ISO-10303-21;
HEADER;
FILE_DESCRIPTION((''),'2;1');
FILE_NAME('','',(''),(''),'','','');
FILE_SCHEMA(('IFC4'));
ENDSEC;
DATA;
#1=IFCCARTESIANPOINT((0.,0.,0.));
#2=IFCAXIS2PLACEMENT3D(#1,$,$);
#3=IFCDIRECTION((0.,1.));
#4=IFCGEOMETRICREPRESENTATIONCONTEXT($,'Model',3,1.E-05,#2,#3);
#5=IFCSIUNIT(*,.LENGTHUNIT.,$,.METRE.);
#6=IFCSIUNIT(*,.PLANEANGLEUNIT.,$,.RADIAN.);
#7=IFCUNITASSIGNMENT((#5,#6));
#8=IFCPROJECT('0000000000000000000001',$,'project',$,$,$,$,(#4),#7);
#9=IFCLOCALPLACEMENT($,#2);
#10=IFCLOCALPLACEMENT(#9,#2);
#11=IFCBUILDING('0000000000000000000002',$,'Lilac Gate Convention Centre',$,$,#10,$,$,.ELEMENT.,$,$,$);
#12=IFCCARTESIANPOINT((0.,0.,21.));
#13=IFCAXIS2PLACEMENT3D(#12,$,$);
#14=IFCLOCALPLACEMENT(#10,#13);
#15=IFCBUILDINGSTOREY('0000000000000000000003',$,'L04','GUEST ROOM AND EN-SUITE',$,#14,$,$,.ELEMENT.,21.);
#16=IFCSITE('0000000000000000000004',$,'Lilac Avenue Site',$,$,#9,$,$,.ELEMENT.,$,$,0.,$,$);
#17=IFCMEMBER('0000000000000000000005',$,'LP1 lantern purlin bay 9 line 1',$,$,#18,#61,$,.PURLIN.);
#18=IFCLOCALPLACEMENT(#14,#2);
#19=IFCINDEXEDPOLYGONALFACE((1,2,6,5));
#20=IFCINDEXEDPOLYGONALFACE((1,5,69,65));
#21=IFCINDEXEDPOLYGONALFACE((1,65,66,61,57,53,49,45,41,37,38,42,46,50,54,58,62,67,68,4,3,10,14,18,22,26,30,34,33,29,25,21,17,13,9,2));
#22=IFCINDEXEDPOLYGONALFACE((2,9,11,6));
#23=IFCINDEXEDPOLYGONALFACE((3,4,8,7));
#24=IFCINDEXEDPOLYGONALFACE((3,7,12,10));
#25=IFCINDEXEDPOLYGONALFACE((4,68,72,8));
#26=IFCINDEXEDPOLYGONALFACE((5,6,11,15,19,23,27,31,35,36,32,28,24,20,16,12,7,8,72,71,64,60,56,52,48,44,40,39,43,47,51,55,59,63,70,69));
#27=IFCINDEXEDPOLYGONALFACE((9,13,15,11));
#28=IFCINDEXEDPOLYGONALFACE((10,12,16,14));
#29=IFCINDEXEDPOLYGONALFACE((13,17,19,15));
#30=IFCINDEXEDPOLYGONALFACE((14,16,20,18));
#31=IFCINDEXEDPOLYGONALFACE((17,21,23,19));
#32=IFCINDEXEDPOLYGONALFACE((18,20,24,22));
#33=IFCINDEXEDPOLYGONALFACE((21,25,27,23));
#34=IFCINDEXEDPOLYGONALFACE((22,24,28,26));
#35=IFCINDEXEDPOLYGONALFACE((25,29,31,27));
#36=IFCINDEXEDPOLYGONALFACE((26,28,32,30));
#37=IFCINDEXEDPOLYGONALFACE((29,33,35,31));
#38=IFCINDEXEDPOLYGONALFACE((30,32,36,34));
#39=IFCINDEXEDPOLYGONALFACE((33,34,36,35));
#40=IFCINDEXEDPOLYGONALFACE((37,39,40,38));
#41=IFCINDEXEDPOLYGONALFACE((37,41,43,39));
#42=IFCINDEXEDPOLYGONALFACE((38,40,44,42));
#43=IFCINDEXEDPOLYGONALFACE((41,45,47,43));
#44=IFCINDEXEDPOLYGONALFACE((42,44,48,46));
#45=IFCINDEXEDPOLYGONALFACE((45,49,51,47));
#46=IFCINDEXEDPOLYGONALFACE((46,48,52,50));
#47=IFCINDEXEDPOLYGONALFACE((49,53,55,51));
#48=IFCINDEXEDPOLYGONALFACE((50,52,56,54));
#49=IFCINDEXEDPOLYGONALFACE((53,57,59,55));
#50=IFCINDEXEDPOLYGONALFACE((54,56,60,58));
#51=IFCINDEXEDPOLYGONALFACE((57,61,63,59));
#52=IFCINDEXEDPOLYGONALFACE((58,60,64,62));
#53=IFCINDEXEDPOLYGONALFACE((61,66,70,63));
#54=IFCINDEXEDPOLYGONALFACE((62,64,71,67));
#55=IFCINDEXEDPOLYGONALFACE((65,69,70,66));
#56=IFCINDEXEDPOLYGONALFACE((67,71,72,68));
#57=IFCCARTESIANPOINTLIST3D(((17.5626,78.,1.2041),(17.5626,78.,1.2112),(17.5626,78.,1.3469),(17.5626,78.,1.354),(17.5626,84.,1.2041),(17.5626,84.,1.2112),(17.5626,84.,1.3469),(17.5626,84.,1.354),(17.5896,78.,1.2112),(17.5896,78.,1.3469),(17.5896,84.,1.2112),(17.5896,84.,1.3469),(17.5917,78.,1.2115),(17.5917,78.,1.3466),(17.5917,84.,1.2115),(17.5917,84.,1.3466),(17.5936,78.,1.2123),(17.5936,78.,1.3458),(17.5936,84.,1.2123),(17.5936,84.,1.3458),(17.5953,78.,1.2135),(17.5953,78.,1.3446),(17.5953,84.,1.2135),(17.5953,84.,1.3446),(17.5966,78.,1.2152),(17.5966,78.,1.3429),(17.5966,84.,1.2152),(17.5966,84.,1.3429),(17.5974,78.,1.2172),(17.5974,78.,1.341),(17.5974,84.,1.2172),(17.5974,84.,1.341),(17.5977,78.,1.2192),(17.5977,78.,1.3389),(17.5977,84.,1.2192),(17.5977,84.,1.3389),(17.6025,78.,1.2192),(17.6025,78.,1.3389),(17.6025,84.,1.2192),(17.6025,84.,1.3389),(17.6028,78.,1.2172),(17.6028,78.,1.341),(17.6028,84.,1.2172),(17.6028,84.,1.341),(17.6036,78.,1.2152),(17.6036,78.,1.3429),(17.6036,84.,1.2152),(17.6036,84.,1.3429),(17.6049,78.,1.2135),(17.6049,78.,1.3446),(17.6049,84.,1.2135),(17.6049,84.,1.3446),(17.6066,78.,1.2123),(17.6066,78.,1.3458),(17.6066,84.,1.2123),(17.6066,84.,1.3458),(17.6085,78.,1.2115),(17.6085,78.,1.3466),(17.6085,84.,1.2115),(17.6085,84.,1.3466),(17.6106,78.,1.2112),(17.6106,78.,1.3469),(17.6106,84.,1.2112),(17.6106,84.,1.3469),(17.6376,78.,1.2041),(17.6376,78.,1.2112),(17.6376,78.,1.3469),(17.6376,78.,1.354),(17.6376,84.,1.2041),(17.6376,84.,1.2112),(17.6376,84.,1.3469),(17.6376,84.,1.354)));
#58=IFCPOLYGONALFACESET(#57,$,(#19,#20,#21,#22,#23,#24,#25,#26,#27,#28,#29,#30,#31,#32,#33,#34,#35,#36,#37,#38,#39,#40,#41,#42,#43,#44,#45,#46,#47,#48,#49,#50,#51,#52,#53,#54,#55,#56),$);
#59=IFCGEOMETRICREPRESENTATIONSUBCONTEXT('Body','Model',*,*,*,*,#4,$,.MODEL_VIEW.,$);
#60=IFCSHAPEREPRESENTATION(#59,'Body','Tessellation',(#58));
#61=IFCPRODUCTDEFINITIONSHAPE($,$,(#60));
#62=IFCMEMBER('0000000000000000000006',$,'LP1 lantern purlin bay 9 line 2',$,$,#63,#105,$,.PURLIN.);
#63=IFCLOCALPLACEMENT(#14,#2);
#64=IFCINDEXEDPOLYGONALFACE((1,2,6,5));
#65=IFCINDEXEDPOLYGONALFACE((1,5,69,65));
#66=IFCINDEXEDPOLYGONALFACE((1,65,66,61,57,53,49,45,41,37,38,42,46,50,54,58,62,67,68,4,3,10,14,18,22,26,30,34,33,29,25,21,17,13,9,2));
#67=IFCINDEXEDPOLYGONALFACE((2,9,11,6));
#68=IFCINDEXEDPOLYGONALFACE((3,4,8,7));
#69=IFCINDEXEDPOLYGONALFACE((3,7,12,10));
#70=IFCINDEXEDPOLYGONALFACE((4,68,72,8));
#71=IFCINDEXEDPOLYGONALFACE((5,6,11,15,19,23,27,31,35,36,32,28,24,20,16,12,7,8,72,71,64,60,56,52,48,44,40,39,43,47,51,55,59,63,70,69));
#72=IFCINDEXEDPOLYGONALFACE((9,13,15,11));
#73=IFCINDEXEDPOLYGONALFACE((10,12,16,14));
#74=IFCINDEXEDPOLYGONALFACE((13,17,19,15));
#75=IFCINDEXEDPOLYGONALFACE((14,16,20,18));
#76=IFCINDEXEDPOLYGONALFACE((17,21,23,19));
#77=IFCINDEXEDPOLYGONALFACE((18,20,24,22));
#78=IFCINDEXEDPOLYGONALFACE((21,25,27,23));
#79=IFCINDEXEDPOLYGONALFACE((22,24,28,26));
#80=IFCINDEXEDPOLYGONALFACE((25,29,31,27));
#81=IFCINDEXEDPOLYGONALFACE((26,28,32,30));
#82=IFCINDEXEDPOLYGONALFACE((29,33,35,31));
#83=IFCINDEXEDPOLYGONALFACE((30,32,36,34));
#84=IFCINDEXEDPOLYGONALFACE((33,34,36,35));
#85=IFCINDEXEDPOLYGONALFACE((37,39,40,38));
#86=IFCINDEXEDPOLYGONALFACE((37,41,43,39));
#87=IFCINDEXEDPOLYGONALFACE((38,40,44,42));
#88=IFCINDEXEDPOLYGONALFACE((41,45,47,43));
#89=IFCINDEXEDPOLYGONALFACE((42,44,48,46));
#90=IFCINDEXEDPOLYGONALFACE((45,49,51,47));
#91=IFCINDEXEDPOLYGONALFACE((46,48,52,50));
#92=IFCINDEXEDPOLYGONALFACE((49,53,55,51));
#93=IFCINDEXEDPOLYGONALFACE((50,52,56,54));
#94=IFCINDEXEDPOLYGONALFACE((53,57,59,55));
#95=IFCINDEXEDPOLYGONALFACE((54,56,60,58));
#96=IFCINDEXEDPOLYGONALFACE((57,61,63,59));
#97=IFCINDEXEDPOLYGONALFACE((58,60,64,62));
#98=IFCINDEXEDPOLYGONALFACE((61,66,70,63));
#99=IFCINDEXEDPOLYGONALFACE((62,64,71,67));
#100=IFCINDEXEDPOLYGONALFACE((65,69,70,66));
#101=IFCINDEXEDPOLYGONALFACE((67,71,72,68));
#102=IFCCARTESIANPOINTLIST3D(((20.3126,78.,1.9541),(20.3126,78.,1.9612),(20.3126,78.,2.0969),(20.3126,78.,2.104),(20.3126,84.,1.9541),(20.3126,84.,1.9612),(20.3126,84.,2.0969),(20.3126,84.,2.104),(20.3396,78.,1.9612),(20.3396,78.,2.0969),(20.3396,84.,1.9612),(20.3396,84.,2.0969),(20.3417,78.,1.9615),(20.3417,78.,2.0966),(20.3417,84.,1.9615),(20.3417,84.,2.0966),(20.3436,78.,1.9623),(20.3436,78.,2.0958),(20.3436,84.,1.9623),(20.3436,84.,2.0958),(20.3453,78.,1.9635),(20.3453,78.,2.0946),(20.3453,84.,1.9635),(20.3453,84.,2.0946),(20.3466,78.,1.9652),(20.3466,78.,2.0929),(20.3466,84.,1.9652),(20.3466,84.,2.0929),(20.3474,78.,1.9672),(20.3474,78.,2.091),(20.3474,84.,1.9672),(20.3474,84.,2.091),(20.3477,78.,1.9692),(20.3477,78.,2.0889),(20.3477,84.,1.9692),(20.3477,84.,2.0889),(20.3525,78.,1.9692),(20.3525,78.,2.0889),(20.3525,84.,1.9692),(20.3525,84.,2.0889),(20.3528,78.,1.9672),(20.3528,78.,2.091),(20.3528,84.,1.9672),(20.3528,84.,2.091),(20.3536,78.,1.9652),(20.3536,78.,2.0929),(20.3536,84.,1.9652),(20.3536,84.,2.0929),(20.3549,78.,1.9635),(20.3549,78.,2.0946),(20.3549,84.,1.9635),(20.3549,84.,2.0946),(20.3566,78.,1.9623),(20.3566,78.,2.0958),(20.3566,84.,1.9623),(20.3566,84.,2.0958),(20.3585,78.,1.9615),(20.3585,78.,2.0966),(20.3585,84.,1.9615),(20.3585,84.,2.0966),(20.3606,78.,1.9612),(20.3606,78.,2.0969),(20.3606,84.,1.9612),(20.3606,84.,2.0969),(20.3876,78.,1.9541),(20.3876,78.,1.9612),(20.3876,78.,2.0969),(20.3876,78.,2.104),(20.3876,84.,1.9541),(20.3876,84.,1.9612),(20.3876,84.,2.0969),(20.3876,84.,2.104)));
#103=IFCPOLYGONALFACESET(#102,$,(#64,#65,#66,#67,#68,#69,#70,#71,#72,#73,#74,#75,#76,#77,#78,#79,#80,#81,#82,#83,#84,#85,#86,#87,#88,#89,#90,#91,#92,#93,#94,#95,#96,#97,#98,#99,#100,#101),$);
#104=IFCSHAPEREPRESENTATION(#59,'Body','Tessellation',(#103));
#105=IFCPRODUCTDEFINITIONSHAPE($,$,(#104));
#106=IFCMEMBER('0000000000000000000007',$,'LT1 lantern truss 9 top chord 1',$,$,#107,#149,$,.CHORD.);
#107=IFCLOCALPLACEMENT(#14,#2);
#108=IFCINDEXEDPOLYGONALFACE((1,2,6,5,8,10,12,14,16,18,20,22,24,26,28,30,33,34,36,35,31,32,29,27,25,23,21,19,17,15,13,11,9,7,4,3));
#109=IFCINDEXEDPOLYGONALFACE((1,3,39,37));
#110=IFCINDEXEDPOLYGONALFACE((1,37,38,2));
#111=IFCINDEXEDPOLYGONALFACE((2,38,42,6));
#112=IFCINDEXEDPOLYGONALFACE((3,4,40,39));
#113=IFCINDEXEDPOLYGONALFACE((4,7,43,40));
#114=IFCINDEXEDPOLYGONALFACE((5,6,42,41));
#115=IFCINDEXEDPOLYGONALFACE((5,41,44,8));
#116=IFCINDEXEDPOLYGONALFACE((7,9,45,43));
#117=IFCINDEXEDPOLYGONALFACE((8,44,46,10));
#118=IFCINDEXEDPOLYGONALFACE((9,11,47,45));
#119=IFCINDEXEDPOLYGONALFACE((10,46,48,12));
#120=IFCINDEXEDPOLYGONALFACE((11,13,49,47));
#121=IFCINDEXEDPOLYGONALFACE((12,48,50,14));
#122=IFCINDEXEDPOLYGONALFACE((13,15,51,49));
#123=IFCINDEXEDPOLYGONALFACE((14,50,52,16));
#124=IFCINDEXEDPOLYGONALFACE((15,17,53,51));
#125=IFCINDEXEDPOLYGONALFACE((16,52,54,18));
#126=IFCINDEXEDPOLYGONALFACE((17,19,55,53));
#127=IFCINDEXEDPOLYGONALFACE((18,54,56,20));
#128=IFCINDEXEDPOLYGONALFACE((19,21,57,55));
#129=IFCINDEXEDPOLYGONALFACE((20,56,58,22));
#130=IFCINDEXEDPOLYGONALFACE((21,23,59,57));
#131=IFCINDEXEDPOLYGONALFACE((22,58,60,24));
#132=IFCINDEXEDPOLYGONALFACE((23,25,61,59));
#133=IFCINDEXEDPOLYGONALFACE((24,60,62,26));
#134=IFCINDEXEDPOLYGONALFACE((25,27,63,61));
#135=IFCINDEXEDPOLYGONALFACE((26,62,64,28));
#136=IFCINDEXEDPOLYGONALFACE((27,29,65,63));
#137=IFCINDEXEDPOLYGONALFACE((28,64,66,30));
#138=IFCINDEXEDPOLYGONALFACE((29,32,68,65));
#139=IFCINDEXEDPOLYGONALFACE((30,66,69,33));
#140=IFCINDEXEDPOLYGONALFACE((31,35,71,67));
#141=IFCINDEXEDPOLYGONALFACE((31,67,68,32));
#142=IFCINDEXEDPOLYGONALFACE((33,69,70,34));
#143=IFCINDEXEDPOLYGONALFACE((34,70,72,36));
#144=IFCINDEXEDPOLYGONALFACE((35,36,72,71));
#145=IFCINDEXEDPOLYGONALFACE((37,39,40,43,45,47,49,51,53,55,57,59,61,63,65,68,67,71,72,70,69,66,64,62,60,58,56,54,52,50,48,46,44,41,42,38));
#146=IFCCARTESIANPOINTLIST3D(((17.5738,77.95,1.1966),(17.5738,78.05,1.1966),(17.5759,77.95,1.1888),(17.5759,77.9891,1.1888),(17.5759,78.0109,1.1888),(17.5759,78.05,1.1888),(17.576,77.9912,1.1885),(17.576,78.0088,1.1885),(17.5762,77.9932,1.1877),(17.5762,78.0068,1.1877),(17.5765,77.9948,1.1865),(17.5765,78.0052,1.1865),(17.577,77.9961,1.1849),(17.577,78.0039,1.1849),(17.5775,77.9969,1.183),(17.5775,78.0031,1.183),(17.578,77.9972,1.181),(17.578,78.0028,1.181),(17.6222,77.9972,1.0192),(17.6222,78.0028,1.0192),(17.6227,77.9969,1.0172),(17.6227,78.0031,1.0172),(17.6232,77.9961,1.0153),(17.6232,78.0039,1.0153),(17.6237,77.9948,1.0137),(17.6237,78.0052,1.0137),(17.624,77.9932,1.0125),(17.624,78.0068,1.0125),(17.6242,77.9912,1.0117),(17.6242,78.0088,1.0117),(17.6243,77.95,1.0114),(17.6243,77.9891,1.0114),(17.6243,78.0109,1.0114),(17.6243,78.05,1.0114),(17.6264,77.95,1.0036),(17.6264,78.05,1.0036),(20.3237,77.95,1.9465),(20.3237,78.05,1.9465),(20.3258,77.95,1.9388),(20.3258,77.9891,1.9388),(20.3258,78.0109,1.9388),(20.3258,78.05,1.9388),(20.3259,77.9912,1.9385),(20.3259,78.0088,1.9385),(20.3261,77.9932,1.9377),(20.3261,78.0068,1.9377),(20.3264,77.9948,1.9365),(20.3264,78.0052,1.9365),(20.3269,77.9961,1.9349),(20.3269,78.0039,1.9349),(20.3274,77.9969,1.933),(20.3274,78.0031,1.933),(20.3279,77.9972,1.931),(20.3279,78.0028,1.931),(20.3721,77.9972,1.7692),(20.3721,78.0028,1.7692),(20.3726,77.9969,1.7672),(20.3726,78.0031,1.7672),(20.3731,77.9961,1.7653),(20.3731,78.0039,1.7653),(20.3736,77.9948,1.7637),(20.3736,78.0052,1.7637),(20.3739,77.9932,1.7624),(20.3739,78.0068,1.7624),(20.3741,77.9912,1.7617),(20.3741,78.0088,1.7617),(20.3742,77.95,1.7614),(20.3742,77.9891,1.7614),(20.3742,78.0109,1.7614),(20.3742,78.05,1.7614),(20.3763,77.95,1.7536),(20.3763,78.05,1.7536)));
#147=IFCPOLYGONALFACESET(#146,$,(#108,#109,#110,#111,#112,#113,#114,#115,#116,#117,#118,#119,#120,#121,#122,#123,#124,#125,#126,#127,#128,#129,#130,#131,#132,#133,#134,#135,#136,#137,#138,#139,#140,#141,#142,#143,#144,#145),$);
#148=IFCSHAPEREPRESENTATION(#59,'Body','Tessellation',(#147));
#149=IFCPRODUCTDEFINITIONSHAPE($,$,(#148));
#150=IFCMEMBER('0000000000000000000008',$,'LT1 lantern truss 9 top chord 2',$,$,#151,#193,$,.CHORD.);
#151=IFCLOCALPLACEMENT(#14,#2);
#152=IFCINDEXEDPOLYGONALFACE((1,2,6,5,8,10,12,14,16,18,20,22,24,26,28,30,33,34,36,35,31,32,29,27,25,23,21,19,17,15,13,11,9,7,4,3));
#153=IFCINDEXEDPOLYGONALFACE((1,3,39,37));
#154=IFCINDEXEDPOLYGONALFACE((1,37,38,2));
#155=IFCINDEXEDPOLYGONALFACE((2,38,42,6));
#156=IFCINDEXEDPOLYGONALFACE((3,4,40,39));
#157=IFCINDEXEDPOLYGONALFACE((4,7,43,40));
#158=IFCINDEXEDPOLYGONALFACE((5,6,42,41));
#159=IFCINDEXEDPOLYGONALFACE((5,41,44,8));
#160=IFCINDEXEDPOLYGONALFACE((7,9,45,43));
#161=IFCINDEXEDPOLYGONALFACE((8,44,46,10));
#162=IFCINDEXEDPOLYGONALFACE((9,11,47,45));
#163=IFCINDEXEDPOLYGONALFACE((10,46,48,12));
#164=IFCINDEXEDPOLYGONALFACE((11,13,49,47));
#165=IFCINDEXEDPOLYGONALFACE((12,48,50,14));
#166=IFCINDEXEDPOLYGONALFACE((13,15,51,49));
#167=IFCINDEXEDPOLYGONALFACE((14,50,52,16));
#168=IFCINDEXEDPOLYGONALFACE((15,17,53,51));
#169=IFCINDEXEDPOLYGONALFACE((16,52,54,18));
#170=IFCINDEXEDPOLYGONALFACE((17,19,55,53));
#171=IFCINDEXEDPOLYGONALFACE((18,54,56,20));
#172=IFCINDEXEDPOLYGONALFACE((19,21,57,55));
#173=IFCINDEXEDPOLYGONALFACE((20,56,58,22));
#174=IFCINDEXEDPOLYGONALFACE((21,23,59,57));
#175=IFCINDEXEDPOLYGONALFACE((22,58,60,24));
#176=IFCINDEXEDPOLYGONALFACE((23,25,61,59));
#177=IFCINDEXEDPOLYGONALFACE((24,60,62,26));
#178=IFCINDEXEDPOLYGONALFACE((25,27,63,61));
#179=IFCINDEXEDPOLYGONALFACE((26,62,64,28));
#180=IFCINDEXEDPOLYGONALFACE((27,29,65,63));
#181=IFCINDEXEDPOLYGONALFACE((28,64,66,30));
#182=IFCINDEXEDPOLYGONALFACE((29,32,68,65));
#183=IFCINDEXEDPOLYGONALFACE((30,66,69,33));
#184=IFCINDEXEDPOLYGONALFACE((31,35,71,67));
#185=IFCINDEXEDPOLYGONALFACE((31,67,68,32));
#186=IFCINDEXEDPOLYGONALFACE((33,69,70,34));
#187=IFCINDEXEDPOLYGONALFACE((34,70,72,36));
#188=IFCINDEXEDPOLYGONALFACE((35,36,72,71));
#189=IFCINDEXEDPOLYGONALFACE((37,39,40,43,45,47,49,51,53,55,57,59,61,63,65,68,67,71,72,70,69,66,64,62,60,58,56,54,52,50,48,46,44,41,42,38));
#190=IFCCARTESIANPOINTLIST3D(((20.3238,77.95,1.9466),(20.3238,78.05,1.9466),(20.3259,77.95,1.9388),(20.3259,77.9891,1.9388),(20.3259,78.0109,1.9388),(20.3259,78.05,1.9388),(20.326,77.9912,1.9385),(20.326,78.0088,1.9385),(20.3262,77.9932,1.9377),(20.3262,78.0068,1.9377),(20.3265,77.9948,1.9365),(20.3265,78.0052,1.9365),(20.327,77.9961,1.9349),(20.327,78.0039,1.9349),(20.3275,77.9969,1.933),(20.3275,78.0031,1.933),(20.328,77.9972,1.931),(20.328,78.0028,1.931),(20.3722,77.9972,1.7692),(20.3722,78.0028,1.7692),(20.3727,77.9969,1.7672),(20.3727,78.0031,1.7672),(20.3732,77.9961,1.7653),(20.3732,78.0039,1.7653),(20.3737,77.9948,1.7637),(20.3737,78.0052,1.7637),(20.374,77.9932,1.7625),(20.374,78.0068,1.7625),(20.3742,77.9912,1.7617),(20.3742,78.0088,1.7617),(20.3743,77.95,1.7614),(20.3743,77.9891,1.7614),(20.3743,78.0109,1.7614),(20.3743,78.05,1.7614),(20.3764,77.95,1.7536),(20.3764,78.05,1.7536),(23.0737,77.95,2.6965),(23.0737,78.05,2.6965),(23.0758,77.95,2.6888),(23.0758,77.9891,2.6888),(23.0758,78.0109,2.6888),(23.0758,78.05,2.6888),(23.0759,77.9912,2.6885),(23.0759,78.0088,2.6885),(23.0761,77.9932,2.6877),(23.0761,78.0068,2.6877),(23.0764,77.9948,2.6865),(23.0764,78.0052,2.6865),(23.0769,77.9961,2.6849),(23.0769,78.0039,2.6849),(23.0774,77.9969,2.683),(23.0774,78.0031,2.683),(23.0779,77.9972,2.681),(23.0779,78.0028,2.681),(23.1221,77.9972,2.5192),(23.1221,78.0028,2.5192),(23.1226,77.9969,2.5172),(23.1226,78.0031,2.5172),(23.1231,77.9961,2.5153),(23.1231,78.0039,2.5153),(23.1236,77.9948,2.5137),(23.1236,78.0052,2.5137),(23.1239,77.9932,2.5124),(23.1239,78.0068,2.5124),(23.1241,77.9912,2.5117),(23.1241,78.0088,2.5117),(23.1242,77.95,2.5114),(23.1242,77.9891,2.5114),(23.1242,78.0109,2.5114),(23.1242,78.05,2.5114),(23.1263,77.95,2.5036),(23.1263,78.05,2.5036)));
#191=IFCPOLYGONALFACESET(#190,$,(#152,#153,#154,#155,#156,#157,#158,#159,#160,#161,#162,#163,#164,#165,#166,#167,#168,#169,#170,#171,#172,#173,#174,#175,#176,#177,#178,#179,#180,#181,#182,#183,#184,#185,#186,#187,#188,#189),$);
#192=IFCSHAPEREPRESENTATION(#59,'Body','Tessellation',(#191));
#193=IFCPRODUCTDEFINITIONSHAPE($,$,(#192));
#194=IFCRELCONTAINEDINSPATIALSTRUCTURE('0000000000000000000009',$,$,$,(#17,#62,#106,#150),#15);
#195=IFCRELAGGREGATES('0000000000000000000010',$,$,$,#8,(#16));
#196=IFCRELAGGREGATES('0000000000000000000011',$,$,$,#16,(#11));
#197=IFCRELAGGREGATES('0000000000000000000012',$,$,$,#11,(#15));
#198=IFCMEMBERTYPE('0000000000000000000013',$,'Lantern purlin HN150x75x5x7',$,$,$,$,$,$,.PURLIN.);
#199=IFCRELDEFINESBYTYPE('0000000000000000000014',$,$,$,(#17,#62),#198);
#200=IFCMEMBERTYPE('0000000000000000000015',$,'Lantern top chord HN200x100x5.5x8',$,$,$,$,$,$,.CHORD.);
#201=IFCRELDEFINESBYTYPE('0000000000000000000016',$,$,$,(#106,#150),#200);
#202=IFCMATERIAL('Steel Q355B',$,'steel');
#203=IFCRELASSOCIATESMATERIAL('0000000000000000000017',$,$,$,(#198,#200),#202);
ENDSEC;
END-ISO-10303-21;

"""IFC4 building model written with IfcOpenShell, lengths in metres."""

from ifc_helpers import new_model, si_unit, direction, frame, origin, origin_2d, place, context, subcontext, project, spatial, i_section, extrude, material, material_profile, profile_set, type_object, element, save


model = new_model("IFC4")

# Units and contexts
model_context = context("Model", 3, precision=1e-05, world=origin(), true_north=direction((0.0, 1.0)))
body_context = subcontext(model_context, "Body", "Model", "MODEL_VIEW")
ifc_project = project(units=[si_unit("LENGTHUNIT", "METRE"), si_unit("PLANEANGLEUNIT", "RADIAN")], contexts=[model_context])

# Site, building, storey
site_placement = place(None, origin())
site = spatial("IfcSite", under=ifc_project, at=site_placement, Name="Lilac Avenue Site", CompositionType="ELEMENT", RefElevation=0.0)
building_placement = place(site_placement, origin())
building = spatial("IfcBuilding", under=site, at=building_placement, Name="Lilac Gate Convention Centre", CompositionType="ELEMENT")
storey_placement = place(building_placement, frame((0.0, 0.0, 21.0)))
storey = spatial("IfcBuildingStorey", under=building, at=storey_placement, Name="L04", Description="GUEST ROOM AND EN-SUITE", CompositionType="ELEMENT", Elevation=21.0)

# Members
ifc_material_1 = material(Name="Steel Q355B", Category="steel")
ifc_material_profile_1 = material_profile(ifc_material_1, i_section(OverallWidth=0.075, OverallDepth=0.1499, WebThickness=0.0049, FlangeThickness=0.0071, FilletRadius=0.0081, at=origin_2d()), Name="HN150x75x5x7")
ifc_profile_set_1 = profile_set([ifc_material_profile_1], Name="Steel Q355B")
member_type_1 = type_object("IfcMemberType", Name="Lantern purlin HN150x75x5x7", PredefinedType="PURLIN", material=ifc_profile_set_1)
for number, where, z_axis, x_axis, name in (
    (1, (17.6001, 78.0, 1.2791), (0.0, 1.0, 0.0), (-1.0, 0.0, 0.0), "LP1 lantern purlin bay 9 line 1"),
    (2, (20.3501, 78.0, 2.0291), (0.0, 1.0, 0.0), (-1.0, 0.0, 0.0), "LP1 lantern purlin bay 9 line 2"),
):
    element("IfcMember", number, at=place(storey_placement, frame(where, z_axis=z_axis, x_axis=x_axis)), inside=storey, type_object=member_type_1, Name=name, PredefinedType="PURLIN", context=body_context, shape_type="SweptSolid", body=[
        extrude(i_section(OverallWidth=0.075, OverallDepth=0.1499, WebThickness=0.0049, FlangeThickness=0.0071, FilletRadius=0.0081, at=origin_2d()), origin(), (0.0, 0.0, 1.0), 6.0),
    ])
ifc_material_profile_2 = material_profile(ifc_material_1, i_section(OverallWidth=0.1001, OverallDepth=0.2, WebThickness=0.0056, FlangeThickness=0.0081, FilletRadius=0.0081, at=origin_2d()), Name="HN200x100x5.5x8")
ifc_profile_set_2 = profile_set([ifc_material_profile_2], Name="Steel Q355B")
member_type_2 = type_object("IfcMemberType", Name="Lantern top chord HN200x100x5.5x8", PredefinedType="CHORD", material=ifc_profile_set_2)
for number, where, z_axis, x_axis, name in (
    (3, (17.6001, 78.0, 1.1001), (0.964764, 0.0, 0.263117), (0.0, 1.0, 0.0), "LT1 lantern truss 9 top chord 1"),
    (4, (20.3501, 78.0, 1.8501), (0.964764, 0.0, 0.263117), (0.0, 1.0, 0.0), "LT1 lantern truss 9 top chord 2"),
):
    element("IfcMember", number, at=place(storey_placement, frame(where, z_axis=z_axis, x_axis=x_axis)), inside=storey, type_object=member_type_2, Name=name, PredefinedType="CHORD", context=body_context, shape_type="SweptSolid", body=[
        extrude(i_section(OverallWidth=0.1001, OverallDepth=0.2, WebThickness=0.0056, FlangeThickness=0.0081, FilletRadius=0.0081, at=origin_2d()), origin(), (0.0, 0.0, 1.0), 2.8503),
    ])

save(model, "model.ifc")
